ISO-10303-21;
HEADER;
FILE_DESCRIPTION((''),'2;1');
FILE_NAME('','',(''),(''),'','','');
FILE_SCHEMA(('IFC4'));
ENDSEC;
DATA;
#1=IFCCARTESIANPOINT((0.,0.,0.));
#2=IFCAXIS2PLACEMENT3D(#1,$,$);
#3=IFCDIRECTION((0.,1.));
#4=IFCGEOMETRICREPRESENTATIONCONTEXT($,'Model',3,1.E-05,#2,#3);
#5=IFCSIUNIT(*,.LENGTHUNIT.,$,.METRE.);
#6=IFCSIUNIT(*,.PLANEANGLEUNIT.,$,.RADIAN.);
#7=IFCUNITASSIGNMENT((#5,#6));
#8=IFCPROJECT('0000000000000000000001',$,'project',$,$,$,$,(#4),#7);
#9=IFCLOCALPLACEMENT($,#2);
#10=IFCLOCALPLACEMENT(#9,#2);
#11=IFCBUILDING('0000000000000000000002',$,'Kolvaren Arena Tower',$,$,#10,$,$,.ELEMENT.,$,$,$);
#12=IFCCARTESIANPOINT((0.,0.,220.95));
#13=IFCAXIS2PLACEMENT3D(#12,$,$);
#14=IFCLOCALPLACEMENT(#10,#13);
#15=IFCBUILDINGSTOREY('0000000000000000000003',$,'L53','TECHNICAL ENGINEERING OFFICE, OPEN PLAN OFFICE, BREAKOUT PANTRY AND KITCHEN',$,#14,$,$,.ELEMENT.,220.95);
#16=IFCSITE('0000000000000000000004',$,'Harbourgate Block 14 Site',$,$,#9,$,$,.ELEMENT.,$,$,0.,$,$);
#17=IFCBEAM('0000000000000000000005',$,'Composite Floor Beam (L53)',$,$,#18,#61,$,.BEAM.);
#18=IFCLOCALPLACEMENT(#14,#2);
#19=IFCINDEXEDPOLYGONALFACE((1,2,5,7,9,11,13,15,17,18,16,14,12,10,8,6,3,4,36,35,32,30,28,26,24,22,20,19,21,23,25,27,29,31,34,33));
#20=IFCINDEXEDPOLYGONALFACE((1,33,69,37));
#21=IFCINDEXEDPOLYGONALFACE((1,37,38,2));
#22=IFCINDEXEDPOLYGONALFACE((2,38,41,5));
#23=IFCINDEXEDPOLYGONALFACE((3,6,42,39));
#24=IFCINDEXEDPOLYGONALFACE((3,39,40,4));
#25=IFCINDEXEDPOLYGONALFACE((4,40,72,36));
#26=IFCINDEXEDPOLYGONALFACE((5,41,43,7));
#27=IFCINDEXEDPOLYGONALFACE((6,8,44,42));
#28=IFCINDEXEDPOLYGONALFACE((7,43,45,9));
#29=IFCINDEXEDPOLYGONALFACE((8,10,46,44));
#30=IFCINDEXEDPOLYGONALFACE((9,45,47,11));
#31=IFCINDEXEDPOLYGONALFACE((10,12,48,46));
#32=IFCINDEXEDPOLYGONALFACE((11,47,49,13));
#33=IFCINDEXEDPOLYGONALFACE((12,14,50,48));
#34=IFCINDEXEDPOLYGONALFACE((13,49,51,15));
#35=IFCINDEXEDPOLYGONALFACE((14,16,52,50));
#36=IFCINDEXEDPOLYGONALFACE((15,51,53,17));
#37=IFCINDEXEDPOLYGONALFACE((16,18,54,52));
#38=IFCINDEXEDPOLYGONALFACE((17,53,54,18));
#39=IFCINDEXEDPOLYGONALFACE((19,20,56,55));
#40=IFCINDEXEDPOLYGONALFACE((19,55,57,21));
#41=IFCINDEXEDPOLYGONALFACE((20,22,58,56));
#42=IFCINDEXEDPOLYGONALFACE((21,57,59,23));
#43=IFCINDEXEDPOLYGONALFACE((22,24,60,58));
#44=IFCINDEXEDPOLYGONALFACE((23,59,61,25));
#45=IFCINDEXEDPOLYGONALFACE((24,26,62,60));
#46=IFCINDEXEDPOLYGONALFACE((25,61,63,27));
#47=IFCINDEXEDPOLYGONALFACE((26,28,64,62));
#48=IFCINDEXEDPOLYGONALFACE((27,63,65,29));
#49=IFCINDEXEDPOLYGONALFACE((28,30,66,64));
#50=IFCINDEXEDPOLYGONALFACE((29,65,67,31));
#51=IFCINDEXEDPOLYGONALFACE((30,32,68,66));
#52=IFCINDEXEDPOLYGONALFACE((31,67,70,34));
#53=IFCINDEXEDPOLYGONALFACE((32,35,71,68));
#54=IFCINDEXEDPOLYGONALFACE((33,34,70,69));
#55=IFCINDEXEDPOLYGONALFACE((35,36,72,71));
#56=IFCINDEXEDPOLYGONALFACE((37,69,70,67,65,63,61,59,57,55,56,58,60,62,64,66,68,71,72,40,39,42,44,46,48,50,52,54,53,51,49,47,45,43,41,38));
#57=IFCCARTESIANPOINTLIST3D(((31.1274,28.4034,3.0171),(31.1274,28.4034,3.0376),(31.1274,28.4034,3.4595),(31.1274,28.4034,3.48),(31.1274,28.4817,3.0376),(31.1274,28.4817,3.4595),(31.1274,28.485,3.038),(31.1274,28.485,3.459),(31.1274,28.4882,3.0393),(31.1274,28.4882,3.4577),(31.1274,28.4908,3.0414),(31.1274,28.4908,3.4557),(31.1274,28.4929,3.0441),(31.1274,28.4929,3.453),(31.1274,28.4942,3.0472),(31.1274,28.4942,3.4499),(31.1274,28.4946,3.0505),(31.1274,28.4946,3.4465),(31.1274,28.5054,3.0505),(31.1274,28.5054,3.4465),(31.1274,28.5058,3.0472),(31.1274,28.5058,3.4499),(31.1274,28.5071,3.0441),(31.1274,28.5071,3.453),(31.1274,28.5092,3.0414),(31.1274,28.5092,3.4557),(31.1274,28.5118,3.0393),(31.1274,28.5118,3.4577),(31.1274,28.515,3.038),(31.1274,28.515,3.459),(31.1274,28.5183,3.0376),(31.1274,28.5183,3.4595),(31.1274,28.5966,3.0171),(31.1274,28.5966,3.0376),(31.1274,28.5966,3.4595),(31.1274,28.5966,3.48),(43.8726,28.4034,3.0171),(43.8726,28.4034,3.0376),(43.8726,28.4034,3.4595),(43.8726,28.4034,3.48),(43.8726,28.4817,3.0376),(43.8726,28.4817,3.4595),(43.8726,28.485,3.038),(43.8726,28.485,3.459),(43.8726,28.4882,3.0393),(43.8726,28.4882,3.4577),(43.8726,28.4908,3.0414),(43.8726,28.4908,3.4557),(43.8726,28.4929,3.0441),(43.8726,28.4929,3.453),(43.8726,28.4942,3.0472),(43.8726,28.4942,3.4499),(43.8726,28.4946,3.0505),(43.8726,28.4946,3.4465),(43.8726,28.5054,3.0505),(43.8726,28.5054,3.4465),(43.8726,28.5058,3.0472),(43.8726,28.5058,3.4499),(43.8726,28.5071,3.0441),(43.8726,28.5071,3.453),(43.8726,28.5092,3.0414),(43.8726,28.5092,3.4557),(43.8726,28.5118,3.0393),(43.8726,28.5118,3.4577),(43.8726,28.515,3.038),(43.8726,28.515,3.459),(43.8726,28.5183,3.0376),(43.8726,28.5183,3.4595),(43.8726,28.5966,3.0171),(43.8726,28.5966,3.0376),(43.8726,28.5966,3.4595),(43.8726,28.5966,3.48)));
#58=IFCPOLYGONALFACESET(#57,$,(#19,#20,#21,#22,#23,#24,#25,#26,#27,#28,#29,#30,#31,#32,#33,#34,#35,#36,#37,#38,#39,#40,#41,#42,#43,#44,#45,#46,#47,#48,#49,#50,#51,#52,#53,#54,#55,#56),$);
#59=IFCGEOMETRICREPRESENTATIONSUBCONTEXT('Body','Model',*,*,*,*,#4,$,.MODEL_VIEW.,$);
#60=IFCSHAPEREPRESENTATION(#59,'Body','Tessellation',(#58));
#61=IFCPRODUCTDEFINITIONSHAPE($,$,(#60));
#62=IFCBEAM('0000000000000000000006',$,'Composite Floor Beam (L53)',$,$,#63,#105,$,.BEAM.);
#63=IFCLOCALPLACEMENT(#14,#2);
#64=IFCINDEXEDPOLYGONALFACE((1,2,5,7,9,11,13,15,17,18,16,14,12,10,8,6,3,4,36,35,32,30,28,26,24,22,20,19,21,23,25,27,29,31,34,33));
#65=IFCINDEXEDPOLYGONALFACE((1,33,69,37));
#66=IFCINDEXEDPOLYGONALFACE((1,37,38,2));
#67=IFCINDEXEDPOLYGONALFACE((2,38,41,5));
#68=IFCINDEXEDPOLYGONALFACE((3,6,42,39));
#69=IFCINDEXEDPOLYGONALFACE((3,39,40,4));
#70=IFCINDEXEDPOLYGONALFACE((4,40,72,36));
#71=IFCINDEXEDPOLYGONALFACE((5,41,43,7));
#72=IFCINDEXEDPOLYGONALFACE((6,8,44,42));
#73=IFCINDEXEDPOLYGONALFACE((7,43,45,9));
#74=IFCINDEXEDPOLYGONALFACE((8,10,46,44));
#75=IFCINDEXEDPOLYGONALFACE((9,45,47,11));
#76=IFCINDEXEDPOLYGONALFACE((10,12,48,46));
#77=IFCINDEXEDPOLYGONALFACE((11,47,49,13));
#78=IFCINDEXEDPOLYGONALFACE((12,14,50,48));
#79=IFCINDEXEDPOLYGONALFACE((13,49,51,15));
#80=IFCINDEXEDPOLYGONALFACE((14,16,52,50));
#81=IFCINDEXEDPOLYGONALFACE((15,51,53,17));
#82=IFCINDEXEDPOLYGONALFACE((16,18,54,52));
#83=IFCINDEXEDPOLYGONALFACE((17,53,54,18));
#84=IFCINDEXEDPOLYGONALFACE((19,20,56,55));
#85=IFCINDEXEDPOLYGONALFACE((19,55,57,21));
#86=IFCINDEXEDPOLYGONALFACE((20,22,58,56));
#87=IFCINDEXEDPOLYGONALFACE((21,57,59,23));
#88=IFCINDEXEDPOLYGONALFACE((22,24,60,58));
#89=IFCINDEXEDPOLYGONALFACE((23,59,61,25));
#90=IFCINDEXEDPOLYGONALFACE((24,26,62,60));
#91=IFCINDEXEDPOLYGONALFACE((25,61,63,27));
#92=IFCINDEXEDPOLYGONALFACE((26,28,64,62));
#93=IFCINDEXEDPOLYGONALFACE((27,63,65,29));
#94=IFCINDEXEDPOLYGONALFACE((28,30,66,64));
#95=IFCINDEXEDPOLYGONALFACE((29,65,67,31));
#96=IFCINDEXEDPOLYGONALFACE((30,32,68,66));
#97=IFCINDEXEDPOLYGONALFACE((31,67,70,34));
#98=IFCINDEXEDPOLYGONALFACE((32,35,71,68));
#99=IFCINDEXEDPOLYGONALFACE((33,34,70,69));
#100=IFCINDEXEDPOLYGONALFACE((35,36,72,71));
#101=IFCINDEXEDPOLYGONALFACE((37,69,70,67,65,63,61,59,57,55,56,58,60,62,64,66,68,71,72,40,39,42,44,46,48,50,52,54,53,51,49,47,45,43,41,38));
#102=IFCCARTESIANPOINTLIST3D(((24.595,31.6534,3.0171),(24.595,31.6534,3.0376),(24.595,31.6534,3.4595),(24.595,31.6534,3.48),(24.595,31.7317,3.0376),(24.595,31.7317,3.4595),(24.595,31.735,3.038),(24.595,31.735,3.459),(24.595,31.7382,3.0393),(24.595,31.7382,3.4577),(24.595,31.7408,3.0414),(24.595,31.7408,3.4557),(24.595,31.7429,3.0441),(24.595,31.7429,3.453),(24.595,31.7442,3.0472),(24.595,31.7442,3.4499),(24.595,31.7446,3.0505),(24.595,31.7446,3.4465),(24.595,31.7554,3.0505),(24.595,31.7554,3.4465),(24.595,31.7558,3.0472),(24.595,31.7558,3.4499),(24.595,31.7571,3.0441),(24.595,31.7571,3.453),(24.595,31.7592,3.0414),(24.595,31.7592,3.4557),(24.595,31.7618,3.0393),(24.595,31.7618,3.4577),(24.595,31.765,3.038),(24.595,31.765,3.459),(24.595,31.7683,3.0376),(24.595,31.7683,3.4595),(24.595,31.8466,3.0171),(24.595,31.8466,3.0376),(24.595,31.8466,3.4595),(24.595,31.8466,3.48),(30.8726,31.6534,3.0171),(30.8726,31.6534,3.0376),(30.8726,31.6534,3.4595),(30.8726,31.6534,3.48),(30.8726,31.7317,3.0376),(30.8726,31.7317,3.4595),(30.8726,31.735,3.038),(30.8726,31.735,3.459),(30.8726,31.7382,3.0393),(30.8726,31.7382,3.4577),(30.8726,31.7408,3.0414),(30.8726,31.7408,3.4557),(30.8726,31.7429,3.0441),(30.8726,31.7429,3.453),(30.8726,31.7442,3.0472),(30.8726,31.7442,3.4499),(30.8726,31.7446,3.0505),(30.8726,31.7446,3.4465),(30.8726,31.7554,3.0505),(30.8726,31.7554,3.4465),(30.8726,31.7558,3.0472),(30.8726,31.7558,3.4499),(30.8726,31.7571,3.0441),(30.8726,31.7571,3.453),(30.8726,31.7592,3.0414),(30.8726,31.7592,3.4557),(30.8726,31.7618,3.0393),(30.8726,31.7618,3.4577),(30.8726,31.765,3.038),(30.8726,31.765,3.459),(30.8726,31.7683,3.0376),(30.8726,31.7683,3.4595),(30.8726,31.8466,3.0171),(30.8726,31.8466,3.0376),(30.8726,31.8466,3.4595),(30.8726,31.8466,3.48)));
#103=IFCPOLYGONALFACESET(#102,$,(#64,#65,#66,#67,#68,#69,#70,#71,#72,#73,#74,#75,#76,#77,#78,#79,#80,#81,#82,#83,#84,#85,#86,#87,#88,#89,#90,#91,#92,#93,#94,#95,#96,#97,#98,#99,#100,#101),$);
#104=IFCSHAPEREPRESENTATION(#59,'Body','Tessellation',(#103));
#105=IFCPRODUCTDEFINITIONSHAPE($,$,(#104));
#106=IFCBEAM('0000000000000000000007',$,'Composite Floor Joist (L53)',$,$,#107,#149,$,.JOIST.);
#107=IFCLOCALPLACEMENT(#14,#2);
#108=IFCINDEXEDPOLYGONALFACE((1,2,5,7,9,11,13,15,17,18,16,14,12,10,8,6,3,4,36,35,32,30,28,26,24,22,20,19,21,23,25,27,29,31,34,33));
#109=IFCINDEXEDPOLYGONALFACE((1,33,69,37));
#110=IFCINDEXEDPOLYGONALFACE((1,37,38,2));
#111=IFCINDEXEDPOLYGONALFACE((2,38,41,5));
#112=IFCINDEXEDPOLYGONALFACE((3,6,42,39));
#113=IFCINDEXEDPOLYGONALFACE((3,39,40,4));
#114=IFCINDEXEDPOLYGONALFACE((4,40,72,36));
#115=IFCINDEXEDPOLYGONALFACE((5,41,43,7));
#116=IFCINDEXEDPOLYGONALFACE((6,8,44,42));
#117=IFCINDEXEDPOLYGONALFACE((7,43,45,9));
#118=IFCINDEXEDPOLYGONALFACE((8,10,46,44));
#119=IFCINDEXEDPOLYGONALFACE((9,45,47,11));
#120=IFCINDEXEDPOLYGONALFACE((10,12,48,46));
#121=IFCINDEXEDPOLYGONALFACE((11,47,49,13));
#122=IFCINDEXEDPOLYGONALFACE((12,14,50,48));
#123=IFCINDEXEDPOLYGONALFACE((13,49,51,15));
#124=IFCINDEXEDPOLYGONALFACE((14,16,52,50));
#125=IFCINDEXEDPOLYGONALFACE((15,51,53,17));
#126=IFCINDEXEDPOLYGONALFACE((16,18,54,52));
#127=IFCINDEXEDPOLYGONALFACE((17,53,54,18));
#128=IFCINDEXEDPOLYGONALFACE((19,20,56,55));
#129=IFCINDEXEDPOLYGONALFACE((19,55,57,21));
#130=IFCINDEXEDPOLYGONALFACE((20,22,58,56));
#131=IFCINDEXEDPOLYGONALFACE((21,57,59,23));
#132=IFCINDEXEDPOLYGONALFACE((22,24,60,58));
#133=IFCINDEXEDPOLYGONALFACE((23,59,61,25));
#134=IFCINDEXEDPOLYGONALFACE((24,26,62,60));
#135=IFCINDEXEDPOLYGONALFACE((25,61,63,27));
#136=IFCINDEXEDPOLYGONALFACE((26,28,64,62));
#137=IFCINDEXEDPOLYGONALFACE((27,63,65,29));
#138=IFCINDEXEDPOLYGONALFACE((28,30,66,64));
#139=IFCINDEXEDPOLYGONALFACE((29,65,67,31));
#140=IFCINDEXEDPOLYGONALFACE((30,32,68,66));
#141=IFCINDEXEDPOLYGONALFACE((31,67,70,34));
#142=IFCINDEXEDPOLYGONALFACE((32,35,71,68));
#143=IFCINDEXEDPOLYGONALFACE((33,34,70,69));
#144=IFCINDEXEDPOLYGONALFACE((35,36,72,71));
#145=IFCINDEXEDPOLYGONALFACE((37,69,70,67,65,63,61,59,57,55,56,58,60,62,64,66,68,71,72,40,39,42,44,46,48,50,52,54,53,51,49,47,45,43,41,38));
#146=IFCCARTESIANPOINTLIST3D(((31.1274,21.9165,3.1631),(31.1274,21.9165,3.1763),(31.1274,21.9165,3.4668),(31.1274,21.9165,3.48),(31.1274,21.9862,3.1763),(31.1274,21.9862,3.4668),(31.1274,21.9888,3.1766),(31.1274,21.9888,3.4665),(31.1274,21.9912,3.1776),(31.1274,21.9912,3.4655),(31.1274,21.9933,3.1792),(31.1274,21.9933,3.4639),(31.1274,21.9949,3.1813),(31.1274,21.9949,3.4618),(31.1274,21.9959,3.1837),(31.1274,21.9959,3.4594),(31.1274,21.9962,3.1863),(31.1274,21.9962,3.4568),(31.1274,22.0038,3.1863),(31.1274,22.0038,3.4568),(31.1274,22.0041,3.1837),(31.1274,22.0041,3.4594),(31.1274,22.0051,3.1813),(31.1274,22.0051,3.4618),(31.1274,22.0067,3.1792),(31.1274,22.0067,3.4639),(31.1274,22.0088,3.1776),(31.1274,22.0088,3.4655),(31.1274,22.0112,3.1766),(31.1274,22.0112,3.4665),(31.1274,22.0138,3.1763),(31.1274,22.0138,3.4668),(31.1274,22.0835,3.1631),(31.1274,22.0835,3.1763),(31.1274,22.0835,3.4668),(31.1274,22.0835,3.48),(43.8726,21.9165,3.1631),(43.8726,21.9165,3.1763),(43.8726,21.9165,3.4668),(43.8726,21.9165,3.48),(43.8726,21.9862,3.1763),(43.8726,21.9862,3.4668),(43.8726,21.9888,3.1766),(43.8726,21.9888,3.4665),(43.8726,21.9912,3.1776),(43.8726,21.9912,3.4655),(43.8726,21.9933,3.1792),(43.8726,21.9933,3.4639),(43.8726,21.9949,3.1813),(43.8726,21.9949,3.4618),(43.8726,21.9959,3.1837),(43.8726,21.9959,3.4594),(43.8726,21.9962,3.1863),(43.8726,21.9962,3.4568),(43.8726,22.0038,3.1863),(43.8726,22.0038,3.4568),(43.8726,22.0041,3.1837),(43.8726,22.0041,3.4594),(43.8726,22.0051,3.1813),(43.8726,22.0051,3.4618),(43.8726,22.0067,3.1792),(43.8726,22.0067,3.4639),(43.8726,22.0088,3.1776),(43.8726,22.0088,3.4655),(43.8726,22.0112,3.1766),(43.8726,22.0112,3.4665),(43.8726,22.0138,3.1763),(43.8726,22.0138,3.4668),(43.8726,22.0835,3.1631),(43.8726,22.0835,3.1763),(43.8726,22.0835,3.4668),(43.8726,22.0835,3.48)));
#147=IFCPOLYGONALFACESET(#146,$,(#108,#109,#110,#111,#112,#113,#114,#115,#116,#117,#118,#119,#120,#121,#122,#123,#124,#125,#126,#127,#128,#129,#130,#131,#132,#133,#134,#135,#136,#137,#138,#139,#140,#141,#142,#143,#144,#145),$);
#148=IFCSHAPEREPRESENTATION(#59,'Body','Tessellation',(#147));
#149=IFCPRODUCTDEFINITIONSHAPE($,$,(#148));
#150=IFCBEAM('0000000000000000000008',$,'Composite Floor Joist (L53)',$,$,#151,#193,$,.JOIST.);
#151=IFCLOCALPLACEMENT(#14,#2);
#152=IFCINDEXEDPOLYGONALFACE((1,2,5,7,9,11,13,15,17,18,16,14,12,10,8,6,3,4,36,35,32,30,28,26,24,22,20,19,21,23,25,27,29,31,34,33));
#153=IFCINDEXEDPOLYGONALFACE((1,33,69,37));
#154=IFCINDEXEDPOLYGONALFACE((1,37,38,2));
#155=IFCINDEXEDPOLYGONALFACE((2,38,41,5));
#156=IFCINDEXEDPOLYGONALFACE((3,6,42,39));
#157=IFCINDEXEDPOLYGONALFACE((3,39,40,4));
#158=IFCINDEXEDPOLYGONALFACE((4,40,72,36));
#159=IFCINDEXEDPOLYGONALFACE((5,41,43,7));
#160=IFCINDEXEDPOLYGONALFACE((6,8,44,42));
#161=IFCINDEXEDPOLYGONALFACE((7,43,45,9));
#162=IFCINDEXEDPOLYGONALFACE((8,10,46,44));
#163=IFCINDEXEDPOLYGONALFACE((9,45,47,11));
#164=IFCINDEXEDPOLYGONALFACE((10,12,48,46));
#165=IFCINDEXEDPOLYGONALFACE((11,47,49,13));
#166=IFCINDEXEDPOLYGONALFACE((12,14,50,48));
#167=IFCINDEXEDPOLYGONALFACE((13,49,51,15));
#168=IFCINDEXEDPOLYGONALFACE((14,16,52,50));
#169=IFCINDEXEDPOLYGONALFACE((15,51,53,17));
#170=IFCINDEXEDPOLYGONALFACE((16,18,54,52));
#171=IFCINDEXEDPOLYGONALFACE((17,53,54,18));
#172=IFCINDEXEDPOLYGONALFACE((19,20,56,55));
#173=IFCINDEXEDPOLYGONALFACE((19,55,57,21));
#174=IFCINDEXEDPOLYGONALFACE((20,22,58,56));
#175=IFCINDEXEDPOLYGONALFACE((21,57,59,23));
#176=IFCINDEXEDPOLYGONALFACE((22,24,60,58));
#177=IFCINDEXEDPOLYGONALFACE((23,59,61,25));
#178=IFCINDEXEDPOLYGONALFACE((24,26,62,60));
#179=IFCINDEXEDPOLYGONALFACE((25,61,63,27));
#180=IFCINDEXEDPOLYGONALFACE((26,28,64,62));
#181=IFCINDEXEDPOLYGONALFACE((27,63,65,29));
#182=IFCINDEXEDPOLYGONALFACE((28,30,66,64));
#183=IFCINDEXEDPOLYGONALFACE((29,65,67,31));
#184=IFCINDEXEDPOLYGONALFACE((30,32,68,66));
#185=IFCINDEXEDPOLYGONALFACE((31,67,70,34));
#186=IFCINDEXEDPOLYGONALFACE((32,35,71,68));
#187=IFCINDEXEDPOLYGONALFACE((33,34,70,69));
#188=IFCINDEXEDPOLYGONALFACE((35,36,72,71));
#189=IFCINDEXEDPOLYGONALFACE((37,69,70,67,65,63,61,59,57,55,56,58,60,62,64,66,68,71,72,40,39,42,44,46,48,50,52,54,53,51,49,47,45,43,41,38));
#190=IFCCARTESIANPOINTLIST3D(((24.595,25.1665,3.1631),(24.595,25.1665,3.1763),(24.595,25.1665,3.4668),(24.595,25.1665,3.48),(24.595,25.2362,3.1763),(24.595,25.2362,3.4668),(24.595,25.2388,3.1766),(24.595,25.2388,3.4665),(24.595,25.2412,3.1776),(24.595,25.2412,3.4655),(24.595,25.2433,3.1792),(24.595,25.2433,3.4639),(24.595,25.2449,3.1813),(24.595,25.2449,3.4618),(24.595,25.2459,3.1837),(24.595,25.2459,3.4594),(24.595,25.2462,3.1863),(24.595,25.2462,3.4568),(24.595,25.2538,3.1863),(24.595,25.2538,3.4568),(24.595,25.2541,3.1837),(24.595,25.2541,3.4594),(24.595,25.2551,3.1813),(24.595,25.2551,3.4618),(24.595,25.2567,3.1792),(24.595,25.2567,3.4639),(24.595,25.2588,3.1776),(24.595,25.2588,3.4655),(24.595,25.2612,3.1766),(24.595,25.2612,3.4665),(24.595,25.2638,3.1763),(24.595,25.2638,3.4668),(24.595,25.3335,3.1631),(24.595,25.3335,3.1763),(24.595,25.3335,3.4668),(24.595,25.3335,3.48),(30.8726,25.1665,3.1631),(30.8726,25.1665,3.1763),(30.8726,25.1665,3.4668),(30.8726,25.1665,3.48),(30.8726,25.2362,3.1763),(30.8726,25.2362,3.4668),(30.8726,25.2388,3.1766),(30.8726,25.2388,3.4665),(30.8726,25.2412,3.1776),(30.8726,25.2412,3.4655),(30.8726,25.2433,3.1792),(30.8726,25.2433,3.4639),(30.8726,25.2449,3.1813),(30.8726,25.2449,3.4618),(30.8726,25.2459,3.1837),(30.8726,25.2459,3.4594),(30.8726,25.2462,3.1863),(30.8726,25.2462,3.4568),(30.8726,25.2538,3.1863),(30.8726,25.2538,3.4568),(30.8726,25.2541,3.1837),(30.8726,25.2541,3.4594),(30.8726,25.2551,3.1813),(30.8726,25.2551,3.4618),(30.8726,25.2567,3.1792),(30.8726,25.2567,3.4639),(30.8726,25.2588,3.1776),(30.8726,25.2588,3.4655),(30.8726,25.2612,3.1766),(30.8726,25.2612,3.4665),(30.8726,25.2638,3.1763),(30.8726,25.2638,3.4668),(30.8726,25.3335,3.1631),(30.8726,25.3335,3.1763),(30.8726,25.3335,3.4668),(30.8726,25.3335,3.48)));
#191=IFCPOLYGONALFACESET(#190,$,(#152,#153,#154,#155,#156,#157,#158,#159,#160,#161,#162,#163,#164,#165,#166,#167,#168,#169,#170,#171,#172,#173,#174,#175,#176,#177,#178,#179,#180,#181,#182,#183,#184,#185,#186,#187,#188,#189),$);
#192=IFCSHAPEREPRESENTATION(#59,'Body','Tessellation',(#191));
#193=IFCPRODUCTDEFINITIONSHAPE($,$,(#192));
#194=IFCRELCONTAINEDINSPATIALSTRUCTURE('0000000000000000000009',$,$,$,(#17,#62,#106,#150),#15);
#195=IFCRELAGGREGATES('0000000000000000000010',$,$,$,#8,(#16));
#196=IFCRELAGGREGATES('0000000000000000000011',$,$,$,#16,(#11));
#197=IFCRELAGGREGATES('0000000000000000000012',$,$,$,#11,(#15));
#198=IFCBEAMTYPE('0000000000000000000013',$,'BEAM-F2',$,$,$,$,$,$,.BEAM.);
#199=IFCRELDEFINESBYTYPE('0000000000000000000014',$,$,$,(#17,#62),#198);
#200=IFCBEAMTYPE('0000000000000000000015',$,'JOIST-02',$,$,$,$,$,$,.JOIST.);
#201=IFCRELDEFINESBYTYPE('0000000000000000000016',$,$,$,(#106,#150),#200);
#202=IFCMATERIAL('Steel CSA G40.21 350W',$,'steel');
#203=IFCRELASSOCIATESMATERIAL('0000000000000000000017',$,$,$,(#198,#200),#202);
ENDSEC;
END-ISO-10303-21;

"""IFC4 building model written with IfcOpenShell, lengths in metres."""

from ifc_helpers import new_model, si_unit, direction, frame, origin, origin_2d, place, context, subcontext, project, spatial, i_section, extrude, material, material_profile, profile_set, type_object, element, save


model = new_model("IFC4")

# Units and contexts
model_context = context("Model", 3, precision=1e-05, world=origin(), true_north=direction((0.0, 1.0)))
body_context = subcontext(model_context, "Body", "Model", "MODEL_VIEW")
ifc_project = project(units=[si_unit("LENGTHUNIT", "METRE"), si_unit("PLANEANGLEUNIT", "RADIAN")], contexts=[model_context])

# Site, building, storey
site_placement = place(None, origin())
site = spatial("IfcSite", under=ifc_project, at=site_placement, Name="Harbourgate Block 14 Site", CompositionType="ELEMENT", RefElevation=0.0)
building_placement = place(site_placement, origin())
building = spatial("IfcBuilding", under=site, at=building_placement, Name="Kolvaren Arena Tower", CompositionType="ELEMENT")
storey_placement = place(building_placement, frame((0.0, 0.0, 220.95)))
storey = spatial("IfcBuildingStorey", under=building, at=storey_placement, Name="L53", Description="TECHNICAL ENGINEERING OFFICE, OPEN PLAN OFFICE, BREAKOUT PANTRY AND KITCHEN", CompositionType="ELEMENT", Elevation=220.95)

# Beams
ifc_material_1 = material(Name="Steel CSA G40.21 350W", Category="steel")
ifc_material_profile_1 = material_profile(ifc_material_1, i_section(OverallWidth=0.1931, OverallDepth=0.4629, WebThickness=0.0107, FlangeThickness=0.0205, FilletRadius=0.0129, at=origin_2d()), Name="W460x113")
ifc_profile_set_1 = profile_set([ifc_material_profile_1], Name="Steel CSA G40.21 350W")
beam_type_1 = type_object("IfcBeamType", Name="BEAM-F2", PredefinedType="BEAM", material=ifc_profile_set_1)
beam_1_placement = place(storey_placement, frame((31.1274, 28.5, 3.2485), z_axis=(1.0, 0.0, 0.0), x_axis=(0.0, 1.0, 0.0)))
element("IfcBeam", 1, at=beam_1_placement, inside=storey, type_object=beam_type_1, Name="Composite Floor Beam (L53)", PredefinedType="BEAM", context=body_context, shape_type="SweptSolid", body=[
    extrude(i_section(OverallWidth=0.1931, OverallDepth=0.4629, WebThickness=0.0107, FlangeThickness=0.0205, FilletRadius=0.0129, at=origin_2d()), origin(), (0.0, 0.0, 1.0), 12.7451),
])
beam_2_placement = place(storey_placement, frame((24.595, 31.75, 3.2485), z_axis=(1.0, 0.0, 0.0), x_axis=(0.0, 1.0, 0.0)))
element("IfcBeam", 2, at=beam_2_placement, inside=storey, type_object=beam_type_1, Name="Composite Floor Beam (L53)", PredefinedType="BEAM", context=body_context, shape_type="SweptSolid", body=[
    extrude(i_section(OverallWidth=0.1931, OverallDepth=0.4629, WebThickness=0.0107, FlangeThickness=0.0205, FilletRadius=0.0129, at=origin_2d()), origin(), (0.0, 0.0, 1.0), 6.2776),
])
ifc_material_profile_2 = material_profile(ifc_material_1, i_section(OverallWidth=0.167, OverallDepth=0.3169, WebThickness=0.0076, FlangeThickness=0.0132, FilletRadius=0.01, at=origin_2d()), Name="W310x52")
ifc_profile_set_2 = profile_set([ifc_material_profile_2], Name="Steel CSA G40.21 350W")
beam_type_2 = type_object("IfcBeamType", Name="JOIST-02", PredefinedType="JOIST", material=ifc_profile_set_2)
beam_3_placement = place(storey_placement, frame((31.1274, 22.0, 3.3215), z_axis=(1.0, 0.0, 0.0), x_axis=(0.0, 1.0, 0.0)))
element("IfcBeam", 3, at=beam_3_placement, inside=storey, type_object=beam_type_2, Name="Composite Floor Joist (L53)", PredefinedType="JOIST", context=body_context, shape_type="SweptSolid", body=[
    extrude(i_section(OverallWidth=0.167, OverallDepth=0.3169, WebThickness=0.0076, FlangeThickness=0.0132, FilletRadius=0.01, at=origin_2d()), origin(), (0.0, 0.0, 1.0), 12.7451),
])
beam_4_placement = place(storey_placement, frame((24.595, 25.25, 3.3215), z_axis=(1.0, 0.0, 0.0), x_axis=(0.0, 1.0, 0.0)))
element("IfcBeam", 4, at=beam_4_placement, inside=storey, type_object=beam_type_2, Name="Composite Floor Joist (L53)", PredefinedType="JOIST", context=body_context, shape_type="SweptSolid", body=[
    extrude(i_section(OverallWidth=0.167, OverallDepth=0.3169, WebThickness=0.0076, FlangeThickness=0.0132, FilletRadius=0.01, at=origin_2d()), origin(), (0.0, 0.0, 1.0), 6.2776),
])

save(model, "model.ifc")
